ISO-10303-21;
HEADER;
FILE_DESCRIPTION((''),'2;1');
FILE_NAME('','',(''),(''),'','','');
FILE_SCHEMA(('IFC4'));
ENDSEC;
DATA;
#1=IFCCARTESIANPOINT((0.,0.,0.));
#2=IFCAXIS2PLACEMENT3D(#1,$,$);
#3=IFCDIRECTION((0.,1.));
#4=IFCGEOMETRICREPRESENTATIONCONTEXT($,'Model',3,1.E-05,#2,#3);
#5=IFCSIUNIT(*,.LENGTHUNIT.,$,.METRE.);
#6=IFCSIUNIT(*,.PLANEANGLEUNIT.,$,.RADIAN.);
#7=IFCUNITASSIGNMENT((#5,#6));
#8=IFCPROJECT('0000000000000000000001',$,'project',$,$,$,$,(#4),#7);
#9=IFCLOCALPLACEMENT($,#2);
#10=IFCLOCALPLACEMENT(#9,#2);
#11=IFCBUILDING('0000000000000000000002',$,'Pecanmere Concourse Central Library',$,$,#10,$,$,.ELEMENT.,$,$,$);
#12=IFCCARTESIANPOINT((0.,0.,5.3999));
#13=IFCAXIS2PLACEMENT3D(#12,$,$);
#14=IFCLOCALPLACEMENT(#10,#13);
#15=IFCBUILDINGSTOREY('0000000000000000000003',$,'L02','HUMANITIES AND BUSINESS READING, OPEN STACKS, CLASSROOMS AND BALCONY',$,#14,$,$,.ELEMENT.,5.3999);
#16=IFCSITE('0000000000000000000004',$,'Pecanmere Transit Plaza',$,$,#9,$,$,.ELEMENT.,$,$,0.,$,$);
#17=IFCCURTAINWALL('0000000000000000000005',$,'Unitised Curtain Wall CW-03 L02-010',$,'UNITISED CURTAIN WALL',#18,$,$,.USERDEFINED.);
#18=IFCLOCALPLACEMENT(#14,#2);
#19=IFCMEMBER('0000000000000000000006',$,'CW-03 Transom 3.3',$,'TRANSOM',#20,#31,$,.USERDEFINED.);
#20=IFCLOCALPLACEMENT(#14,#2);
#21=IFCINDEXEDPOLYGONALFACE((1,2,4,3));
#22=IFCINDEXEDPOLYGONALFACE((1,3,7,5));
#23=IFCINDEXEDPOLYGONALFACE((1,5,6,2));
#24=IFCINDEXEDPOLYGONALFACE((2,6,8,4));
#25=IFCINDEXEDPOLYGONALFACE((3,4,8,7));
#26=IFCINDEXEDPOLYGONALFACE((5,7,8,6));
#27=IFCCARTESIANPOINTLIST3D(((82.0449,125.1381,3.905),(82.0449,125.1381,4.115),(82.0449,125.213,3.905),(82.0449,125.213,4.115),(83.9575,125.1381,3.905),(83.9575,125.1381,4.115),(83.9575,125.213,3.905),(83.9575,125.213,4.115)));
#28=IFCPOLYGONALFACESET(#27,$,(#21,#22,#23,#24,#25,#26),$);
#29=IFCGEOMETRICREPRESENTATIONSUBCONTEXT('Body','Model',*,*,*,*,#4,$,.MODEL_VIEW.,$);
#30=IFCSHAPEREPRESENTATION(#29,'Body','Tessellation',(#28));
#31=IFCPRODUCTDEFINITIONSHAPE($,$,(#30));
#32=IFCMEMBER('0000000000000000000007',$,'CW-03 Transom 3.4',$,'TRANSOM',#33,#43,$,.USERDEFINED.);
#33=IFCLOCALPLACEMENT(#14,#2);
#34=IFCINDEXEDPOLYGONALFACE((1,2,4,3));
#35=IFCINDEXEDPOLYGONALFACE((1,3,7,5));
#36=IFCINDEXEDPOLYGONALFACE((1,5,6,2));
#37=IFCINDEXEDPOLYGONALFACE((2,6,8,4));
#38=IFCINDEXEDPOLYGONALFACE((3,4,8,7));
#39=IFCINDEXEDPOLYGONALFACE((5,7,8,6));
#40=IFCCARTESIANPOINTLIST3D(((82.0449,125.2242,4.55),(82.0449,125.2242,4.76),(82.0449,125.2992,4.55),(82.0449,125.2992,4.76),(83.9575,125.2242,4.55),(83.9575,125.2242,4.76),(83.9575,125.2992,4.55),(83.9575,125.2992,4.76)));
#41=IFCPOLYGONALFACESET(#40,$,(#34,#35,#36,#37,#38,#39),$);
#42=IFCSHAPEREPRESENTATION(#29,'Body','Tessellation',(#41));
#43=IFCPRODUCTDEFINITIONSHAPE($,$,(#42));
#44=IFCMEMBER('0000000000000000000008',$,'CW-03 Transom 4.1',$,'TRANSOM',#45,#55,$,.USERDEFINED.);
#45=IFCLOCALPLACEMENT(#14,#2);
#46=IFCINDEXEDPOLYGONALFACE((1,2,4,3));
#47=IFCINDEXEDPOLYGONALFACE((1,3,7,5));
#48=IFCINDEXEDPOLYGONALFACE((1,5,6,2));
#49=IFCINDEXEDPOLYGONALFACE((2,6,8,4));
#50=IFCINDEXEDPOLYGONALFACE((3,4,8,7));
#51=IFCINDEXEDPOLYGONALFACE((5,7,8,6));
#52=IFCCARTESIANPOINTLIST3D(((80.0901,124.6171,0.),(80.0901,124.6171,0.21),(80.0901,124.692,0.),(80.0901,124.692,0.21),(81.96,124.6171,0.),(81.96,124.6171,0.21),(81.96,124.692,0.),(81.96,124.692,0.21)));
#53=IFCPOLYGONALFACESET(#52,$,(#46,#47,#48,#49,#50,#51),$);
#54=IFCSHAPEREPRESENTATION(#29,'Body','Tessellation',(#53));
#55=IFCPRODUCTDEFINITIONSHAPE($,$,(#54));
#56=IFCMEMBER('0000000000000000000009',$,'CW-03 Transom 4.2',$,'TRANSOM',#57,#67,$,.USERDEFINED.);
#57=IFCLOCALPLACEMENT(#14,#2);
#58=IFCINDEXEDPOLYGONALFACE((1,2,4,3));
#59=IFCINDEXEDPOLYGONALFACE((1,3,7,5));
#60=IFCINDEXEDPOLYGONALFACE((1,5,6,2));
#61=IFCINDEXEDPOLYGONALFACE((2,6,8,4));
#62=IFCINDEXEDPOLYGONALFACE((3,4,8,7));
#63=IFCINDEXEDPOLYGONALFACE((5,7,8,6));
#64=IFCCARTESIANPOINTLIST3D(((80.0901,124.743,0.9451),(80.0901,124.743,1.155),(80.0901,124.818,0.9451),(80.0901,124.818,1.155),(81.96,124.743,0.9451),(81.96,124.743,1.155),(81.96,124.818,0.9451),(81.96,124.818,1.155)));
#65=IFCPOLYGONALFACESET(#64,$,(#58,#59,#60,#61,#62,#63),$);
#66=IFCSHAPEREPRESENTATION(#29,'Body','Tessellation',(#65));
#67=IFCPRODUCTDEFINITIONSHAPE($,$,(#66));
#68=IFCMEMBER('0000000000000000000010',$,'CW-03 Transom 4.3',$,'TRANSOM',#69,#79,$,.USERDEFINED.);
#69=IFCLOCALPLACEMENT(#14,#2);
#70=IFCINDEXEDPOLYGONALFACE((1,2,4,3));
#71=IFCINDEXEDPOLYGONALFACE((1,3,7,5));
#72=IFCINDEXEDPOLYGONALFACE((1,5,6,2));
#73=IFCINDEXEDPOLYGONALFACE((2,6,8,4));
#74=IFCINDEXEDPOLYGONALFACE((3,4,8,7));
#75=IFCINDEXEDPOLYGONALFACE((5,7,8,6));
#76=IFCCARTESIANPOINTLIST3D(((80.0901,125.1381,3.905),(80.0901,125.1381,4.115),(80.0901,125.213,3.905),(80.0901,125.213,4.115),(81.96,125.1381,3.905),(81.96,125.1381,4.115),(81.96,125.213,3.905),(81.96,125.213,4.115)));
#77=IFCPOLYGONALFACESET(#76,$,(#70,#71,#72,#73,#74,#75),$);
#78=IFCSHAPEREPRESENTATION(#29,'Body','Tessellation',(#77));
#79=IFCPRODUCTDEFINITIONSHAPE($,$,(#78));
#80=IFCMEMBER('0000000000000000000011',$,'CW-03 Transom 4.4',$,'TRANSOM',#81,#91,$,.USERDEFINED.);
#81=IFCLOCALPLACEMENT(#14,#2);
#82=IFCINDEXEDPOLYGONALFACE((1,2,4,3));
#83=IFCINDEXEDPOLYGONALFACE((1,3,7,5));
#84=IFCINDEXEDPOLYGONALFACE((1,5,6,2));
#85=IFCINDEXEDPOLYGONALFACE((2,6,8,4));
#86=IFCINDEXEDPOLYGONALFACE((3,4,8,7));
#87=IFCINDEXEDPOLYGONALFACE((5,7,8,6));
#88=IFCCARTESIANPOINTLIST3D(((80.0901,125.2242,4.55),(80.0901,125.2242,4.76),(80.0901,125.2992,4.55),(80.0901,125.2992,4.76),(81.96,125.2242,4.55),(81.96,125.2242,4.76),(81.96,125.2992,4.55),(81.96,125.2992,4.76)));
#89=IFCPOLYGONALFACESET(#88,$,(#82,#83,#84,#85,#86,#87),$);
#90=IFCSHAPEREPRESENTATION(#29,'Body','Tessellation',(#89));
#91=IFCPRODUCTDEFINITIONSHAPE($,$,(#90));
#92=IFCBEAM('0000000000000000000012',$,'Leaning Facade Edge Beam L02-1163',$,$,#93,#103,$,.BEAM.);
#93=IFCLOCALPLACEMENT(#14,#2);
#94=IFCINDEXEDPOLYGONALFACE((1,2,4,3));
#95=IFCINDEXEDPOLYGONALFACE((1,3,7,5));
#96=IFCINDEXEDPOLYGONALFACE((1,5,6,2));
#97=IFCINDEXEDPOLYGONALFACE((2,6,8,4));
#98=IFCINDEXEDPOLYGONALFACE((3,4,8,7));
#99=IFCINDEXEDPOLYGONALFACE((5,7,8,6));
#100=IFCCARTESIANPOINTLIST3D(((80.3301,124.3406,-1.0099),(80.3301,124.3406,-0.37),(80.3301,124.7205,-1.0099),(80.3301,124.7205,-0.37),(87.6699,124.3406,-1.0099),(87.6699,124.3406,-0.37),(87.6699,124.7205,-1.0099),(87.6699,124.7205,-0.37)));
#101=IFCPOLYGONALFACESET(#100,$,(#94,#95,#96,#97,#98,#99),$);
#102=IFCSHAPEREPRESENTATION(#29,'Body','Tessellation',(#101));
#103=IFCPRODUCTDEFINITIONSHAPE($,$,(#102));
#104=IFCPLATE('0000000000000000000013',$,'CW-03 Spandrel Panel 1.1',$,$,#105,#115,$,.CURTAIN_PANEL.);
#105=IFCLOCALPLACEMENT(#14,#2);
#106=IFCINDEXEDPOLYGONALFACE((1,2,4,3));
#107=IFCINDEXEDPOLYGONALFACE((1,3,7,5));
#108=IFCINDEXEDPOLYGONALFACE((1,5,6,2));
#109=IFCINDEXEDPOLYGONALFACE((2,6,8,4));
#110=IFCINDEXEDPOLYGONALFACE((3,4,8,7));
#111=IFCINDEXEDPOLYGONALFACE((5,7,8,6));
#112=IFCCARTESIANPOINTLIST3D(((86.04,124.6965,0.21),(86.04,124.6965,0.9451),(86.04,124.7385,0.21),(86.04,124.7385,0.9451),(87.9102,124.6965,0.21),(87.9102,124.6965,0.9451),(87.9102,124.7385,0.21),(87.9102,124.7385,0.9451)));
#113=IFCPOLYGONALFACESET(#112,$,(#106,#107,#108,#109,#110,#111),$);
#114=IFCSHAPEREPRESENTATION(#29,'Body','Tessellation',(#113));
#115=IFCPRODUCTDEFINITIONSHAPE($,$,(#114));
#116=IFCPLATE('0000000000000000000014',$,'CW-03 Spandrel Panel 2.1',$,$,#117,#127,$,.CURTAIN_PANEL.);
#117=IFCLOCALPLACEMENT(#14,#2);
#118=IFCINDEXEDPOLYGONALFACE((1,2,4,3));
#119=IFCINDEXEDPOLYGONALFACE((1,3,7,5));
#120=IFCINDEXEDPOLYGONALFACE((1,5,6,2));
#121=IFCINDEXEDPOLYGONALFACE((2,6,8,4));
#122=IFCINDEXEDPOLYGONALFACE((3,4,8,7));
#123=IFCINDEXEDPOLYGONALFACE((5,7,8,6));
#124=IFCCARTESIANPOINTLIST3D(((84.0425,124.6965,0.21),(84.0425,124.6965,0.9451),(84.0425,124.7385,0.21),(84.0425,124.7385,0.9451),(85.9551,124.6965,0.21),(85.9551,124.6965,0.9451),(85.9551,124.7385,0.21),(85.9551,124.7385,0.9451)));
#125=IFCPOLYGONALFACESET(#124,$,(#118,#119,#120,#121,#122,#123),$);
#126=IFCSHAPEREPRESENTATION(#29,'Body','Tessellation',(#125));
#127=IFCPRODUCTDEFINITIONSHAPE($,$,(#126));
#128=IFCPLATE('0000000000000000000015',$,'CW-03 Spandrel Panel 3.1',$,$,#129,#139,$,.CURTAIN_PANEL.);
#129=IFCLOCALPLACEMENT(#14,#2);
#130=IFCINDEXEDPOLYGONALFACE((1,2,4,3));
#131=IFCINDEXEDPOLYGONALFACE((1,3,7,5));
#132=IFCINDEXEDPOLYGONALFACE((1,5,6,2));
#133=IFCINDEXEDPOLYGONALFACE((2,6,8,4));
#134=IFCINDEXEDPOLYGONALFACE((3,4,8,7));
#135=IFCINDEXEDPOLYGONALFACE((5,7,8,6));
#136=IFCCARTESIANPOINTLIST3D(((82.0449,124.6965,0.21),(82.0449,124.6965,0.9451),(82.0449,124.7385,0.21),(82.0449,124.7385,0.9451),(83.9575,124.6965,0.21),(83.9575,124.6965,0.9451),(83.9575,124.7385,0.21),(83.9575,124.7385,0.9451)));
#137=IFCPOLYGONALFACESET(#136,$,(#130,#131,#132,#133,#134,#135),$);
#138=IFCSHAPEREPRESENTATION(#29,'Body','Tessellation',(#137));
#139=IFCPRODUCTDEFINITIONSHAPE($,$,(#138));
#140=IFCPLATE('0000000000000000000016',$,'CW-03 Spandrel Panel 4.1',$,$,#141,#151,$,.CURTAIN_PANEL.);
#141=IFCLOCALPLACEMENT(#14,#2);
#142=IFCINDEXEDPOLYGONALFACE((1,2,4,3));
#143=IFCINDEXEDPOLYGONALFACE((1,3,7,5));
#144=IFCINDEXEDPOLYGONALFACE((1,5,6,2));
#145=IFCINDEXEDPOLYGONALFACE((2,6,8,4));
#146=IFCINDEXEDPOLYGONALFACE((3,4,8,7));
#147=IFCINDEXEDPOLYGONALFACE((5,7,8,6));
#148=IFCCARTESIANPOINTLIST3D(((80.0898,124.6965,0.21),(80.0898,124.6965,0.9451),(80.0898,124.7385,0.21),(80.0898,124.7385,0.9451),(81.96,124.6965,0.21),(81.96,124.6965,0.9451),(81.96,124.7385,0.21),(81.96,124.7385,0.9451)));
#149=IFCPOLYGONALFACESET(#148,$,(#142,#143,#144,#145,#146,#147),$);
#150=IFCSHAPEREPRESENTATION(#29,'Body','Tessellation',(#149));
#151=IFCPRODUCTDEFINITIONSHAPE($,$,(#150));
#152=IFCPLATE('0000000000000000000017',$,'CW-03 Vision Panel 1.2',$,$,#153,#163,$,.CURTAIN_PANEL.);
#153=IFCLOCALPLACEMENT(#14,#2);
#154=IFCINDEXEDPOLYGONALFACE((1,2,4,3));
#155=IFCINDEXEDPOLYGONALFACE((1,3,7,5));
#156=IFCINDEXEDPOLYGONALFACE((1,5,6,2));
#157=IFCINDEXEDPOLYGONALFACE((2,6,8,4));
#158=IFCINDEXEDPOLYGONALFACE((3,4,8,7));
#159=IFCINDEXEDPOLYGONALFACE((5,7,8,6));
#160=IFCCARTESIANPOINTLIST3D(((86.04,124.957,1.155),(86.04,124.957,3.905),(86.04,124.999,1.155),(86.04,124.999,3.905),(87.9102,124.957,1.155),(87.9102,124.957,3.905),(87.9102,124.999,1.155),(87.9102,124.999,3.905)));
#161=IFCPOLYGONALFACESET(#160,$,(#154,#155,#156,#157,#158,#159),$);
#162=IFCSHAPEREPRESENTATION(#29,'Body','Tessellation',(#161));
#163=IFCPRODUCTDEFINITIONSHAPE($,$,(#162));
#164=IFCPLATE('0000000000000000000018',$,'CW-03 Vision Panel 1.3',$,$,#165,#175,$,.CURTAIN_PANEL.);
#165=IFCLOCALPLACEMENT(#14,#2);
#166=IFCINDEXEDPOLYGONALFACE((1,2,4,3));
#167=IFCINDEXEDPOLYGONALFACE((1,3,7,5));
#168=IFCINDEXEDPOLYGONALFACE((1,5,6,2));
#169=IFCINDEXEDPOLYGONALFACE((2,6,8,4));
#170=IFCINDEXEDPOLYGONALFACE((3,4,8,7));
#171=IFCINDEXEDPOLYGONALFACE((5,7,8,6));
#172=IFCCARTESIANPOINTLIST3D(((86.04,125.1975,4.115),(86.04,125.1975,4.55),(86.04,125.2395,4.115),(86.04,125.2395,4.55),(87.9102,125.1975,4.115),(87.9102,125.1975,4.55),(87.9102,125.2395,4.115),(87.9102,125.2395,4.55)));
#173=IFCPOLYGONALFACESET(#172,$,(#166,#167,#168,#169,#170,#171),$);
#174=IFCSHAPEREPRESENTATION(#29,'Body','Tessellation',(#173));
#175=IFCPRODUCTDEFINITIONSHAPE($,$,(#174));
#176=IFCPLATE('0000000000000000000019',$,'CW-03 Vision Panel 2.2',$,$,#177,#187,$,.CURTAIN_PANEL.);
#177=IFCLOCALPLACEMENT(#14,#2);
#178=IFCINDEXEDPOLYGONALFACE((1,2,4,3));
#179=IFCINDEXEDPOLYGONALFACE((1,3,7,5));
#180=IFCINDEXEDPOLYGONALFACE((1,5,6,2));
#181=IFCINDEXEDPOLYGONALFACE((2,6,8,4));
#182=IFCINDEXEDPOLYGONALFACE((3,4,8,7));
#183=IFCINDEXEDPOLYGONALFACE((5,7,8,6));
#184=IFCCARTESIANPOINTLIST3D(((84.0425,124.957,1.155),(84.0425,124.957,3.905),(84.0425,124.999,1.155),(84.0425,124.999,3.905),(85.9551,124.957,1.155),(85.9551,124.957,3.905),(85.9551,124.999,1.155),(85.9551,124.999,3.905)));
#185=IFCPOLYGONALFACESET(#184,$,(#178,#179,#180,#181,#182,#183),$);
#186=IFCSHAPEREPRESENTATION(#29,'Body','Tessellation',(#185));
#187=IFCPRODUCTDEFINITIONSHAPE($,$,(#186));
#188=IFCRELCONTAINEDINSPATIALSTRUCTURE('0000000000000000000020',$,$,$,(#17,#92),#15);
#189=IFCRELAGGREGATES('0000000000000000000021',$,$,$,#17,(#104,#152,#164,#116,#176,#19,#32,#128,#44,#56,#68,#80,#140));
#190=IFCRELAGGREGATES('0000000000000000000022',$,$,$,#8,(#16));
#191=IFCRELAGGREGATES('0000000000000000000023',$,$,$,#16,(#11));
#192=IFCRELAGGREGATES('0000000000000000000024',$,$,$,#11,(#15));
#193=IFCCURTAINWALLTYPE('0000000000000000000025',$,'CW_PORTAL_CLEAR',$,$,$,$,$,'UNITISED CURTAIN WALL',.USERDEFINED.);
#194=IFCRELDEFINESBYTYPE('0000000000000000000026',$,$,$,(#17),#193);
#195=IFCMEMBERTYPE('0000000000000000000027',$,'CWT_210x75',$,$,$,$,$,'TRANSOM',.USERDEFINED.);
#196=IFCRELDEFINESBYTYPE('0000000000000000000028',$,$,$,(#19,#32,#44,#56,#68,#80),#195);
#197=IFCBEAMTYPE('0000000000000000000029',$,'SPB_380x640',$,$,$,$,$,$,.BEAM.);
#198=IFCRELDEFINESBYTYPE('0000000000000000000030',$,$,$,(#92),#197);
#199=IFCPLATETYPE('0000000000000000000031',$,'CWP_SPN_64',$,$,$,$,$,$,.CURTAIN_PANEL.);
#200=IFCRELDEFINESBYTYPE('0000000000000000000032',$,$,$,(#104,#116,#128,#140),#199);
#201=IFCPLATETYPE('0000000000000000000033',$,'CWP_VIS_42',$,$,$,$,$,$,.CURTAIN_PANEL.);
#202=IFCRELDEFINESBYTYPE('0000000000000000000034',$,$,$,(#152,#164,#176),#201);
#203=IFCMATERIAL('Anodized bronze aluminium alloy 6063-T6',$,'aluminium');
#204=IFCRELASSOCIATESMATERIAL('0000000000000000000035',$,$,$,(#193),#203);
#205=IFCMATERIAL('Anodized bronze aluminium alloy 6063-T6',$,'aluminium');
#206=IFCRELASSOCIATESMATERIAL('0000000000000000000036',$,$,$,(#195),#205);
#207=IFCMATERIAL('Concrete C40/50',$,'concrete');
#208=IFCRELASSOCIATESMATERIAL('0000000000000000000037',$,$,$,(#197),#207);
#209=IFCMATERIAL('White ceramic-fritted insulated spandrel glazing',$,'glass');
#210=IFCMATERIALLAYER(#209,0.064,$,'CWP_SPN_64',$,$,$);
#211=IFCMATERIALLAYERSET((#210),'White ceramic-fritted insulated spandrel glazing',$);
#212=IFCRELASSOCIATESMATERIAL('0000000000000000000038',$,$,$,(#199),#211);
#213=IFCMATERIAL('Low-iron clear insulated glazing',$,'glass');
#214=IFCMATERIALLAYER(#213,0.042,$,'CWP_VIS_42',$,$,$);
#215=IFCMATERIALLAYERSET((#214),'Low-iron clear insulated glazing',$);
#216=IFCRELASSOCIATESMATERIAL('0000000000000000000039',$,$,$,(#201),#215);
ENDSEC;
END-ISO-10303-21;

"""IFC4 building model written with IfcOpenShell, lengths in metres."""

from ifc_helpers import new_model, si_unit, direction, frame, origin, origin_2d, place, context, subcontext, project, spatial, rectangle, extrude, material, layer, layer_set, material_profile, profile_set, type_object, element, aggregate, save


model = new_model("IFC4")

# Units and contexts
model_context = context("Model", 3, precision=1e-05, world=origin(), true_north=direction((0.0, 1.0)))
body_context = subcontext(model_context, "Body", "Model", "MODEL_VIEW")
ifc_project = project(units=[si_unit("LENGTHUNIT", "METRE"), si_unit("PLANEANGLEUNIT", "RADIAN")], contexts=[model_context])

# Site, building, storey
site_placement = place(None, origin())
site = spatial("IfcSite", under=ifc_project, at=site_placement, Name="Pecanmere Transit Plaza", CompositionType="ELEMENT", RefElevation=0.0)
building_placement = place(site_placement, origin())
building = spatial("IfcBuilding", under=site, at=building_placement, Name="Pecanmere Concourse Central Library", CompositionType="ELEMENT")
storey_placement = place(building_placement, frame((0.0, 0.0, 5.3999)))
storey = spatial("IfcBuildingStorey", under=building, at=storey_placement, Name="L02", Description="HUMANITIES AND BUSINESS READING, OPEN STACKS, CLASSROOMS AND BALCONY", CompositionType="ELEMENT", Elevation=5.3999)

# Curtain wall, members
ifc_material_1 = material(Name="Anodized bronze aluminium alloy 6063-T6", Category="aluminium")
curtain_wall_type = type_object("IfcCurtainWallType", Name="CW_PORTAL_CLEAR", ElementType="UNITISED CURTAIN WALL", PredefinedType="USERDEFINED", material=ifc_material_1)
curtain_wall_placement = place(storey_placement, origin())
curtain_wall = element("IfcCurtainWall", 1, at=curtain_wall_placement, inside=storey, type_object=curtain_wall_type, Name="Unitised Curtain Wall CW-03 L02-010", ObjectType="UNITISED CURTAIN WALL", PredefinedType="USERDEFINED")
ifc_material_2 = material(Name="Anodized bronze aluminium alloy 6063-T6", Category="aluminium")
ifc_material_profile_1 = material_profile(ifc_material_2, rectangle(XDim=0.075, YDim=0.21, at=origin_2d()), Name="AL 75x210")
ifc_profile_set_1 = profile_set([ifc_material_profile_1], Name="Anodized bronze aluminium alloy 6063-T6")
member_type_1 = type_object("IfcMemberType", Name="CWT_210x75", ElementType="TRANSOM", PredefinedType="USERDEFINED", material=ifc_profile_set_1)
member_1_placement = place(storey_placement, frame((83.9575, 125.1755, 4.01), z_axis=(-1.0, 0.0, 0.0), x_axis=(0.0, -1.0, 0.0)))
member_1 = element("IfcMember", 2, at=member_1_placement, type_object=member_type_1, Name="CW-03 Transom 3.3", ObjectType="TRANSOM", PredefinedType="USERDEFINED", context=body_context, shape_type="SweptSolid", body=[
    extrude(rectangle(XDim=0.075, YDim=0.21, at=origin_2d()), origin(), (0.0, 0.0, 1.0), 1.9126),
])
member_2_placement = place(storey_placement, frame((83.9575, 125.2617, 4.655), z_axis=(-1.0, 0.0, 0.0), x_axis=(0.0, -1.0, 0.0)))
member_2 = element("IfcMember", 3, at=member_2_placement, type_object=member_type_1, Name="CW-03 Transom 3.4", ObjectType="TRANSOM", PredefinedType="USERDEFINED", context=body_context, shape_type="SweptSolid", body=[
    extrude(rectangle(XDim=0.075, YDim=0.21, at=origin_2d()), origin(), (0.0, 0.0, 1.0), 1.9126),
])
member_3_placement = place(storey_placement, frame((81.96, 124.6545, 0.105), z_axis=(-1.0, 0.0, 0.0), x_axis=(0.0, -1.0, 0.0)))
member_3 = element("IfcMember", 4, at=member_3_placement, type_object=member_type_1, Name="CW-03 Transom 4.1", ObjectType="TRANSOM", PredefinedType="USERDEFINED", context=body_context, shape_type="SweptSolid", body=[
    extrude(rectangle(XDim=0.075, YDim=0.21, at=origin_2d()), origin(), (0.0, 0.0, 1.0), 1.8699),
])
member_4_placement = place(storey_placement, frame((81.96, 124.7805, 1.05), z_axis=(-1.0, 0.0, 0.0), x_axis=(0.0, -1.0, 0.0)))
member_4 = element("IfcMember", 5, at=member_4_placement, type_object=member_type_1, Name="CW-03 Transom 4.2", ObjectType="TRANSOM", PredefinedType="USERDEFINED", context=body_context, shape_type="SweptSolid", body=[
    extrude(rectangle(XDim=0.075, YDim=0.21, at=origin_2d()), origin(), (0.0, 0.0, 1.0), 1.8699),
])
member_5_placement = place(storey_placement, frame((81.96, 125.1755, 4.01), z_axis=(-1.0, 0.0, 0.0), x_axis=(0.0, -1.0, 0.0)))
member_5 = element("IfcMember", 6, at=member_5_placement, type_object=member_type_1, Name="CW-03 Transom 4.3", ObjectType="TRANSOM", PredefinedType="USERDEFINED", context=body_context, shape_type="SweptSolid", body=[
    extrude(rectangle(XDim=0.075, YDim=0.21, at=origin_2d()), origin(), (0.0, 0.0, 1.0), 1.8699),
])
member_6_placement = place(storey_placement, frame((81.96, 125.2617, 4.655), z_axis=(-1.0, 0.0, 0.0), x_axis=(0.0, -1.0, 0.0)))
member_6 = element("IfcMember", 7, at=member_6_placement, type_object=member_type_1, Name="CW-03 Transom 4.4", ObjectType="TRANSOM", PredefinedType="USERDEFINED", context=body_context, shape_type="SweptSolid", body=[
    extrude(rectangle(XDim=0.075, YDim=0.21, at=origin_2d()), origin(), (0.0, 0.0, 1.0), 1.8699),
])

# Beam
ifc_material_3 = material(Name="Concrete C40/50", Category="concrete")
ifc_material_profile_2 = material_profile(ifc_material_3, rectangle(XDim=0.3799, YDim=0.6399, at=origin_2d()), Name="RC 380x640")
ifc_profile_set_2 = profile_set([ifc_material_profile_2], Name="Concrete C40/50")
beam_type = type_object("IfcBeamType", Name="SPB_380x640", PredefinedType="BEAM", material=ifc_profile_set_2)
beam_placement = place(storey_placement, frame((80.3301, 124.5305, -0.6899), z_axis=(1.0, 0.0, 0.0), x_axis=(0.0, 1.0, 0.0)))
element("IfcBeam", 8, at=beam_placement, inside=storey, type_object=beam_type, Name="Leaning Facade Edge Beam L02-1163", PredefinedType="BEAM", context=body_context, shape_type="SweptSolid", body=[
    extrude(rectangle(XDim=0.3799, YDim=0.6399, at=origin_2d()), origin(), (0.0, 0.0, 1.0), 7.3398),
])

# Plates
ifc_material_4 = material(Name="White ceramic-fritted insulated spandrel glazing", Category="glass")
ifc_layer_1 = layer(ifc_material_4, 0.064, Name="CWP_SPN_64")
ifc_layer_set_1 = layer_set([ifc_layer_1], Name="White ceramic-fritted insulated spandrel glazing")
plate_type_1 = type_object("IfcPlateType", Name="CWP_SPN_64", PredefinedType="CURTAIN_PANEL", material=ifc_layer_set_1)
plate_1_placement = place(storey_placement, frame((86.9751, 124.7175, 0.21), z_axis=(0.0, 0.0, 1.0), x_axis=(-1.0, 0.0, 0.0)))
plate_1 = element("IfcPlate", 9, at=plate_1_placement, type_object=plate_type_1, Name="CW-03 Spandrel Panel 1.1", PredefinedType="CURTAIN_PANEL", context=body_context, shape_type="SweptSolid", body=[
    extrude(rectangle(XDim=1.8701, YDim=0.042, at=origin_2d()), origin(), (0.0, 0.0, 1.0), 0.7351),
])
plate_2_placement = place(storey_placement, frame((84.9988, 124.7175, 0.21), z_axis=(0.0, 0.0, 1.0), x_axis=(-1.0, 0.0, 0.0)))
plate_2 = element("IfcPlate", 10, at=plate_2_placement, type_object=plate_type_1, Name="CW-03 Spandrel Panel 2.1", PredefinedType="CURTAIN_PANEL", context=body_context, shape_type="SweptSolid", body=[
    extrude(rectangle(XDim=1.9126, YDim=0.042, at=origin_2d()), origin(), (0.0, 0.0, 1.0), 0.7351),
])
plate_3_placement = place(storey_placement, frame((83.0012, 124.7175, 0.21), z_axis=(0.0, 0.0, 1.0), x_axis=(-1.0, 0.0, 0.0)))
plate_3 = element("IfcPlate", 11, at=plate_3_placement, type_object=plate_type_1, Name="CW-03 Spandrel Panel 3.1", PredefinedType="CURTAIN_PANEL", context=body_context, shape_type="SweptSolid", body=[
    extrude(rectangle(XDim=1.9126, YDim=0.042, at=origin_2d()), origin(), (0.0, 0.0, 1.0), 0.7351),
])
plate_4_placement = place(storey_placement, frame((81.0249, 124.7175, 0.21), z_axis=(0.0, 0.0, 1.0), x_axis=(-1.0, 0.0, 0.0)))
plate_4 = element("IfcPlate", 12, at=plate_4_placement, type_object=plate_type_1, Name="CW-03 Spandrel Panel 4.1", PredefinedType="CURTAIN_PANEL", context=body_context, shape_type="SweptSolid", body=[
    extrude(rectangle(XDim=1.8701, YDim=0.042, at=origin_2d()), origin(), (0.0, 0.0, 1.0), 0.7351),
])
ifc_material_5 = material(Name="Low-iron clear insulated glazing", Category="glass")
ifc_layer_2 = layer(ifc_material_5, 0.042, Name="CWP_VIS_42")
ifc_layer_set_2 = layer_set([ifc_layer_2], Name="Low-iron clear insulated glazing")
plate_type_2 = type_object("IfcPlateType", Name="CWP_VIS_42", PredefinedType="CURTAIN_PANEL", material=ifc_layer_set_2)
plate_5_placement = place(storey_placement, frame((86.9751, 124.978, 1.155), z_axis=(0.0, 0.0, 1.0), x_axis=(-1.0, 0.0, 0.0)))
plate_5 = element("IfcPlate", 13, at=plate_5_placement, type_object=plate_type_2, Name="CW-03 Vision Panel 1.2", PredefinedType="CURTAIN_PANEL", context=body_context, shape_type="SweptSolid", body=[
    extrude(rectangle(XDim=1.8701, YDim=0.042, at=origin_2d()), origin(), (0.0, 0.0, 1.0), 2.75),
])
plate_6_placement = place(storey_placement, frame((86.9751, 125.2185, 4.115), z_axis=(0.0, 0.0, 1.0), x_axis=(-1.0, 0.0, 0.0)))
plate_6 = element("IfcPlate", 14, at=plate_6_placement, type_object=plate_type_2, Name="CW-03 Vision Panel 1.3", PredefinedType="CURTAIN_PANEL", context=body_context, shape_type="SweptSolid", body=[
    extrude(rectangle(XDim=1.8701, YDim=0.042, at=origin_2d()), origin(), (0.0, 0.0, 1.0), 0.4351),
])
plate_7_placement = place(storey_placement, frame((84.9988, 124.978, 1.155), z_axis=(0.0, 0.0, 1.0), x_axis=(-1.0, 0.0, 0.0)))
plate_7 = element("IfcPlate", 15, at=plate_7_placement, type_object=plate_type_2, Name="CW-03 Vision Panel 2.2", PredefinedType="CURTAIN_PANEL", context=body_context, shape_type="SweptSolid", body=[
    extrude(rectangle(XDim=1.9126, YDim=0.042, at=origin_2d()), origin(), (0.0, 0.0, 1.0), 2.75),
])
aggregate(curtain_wall, [plate_1, plate_5, plate_6, plate_2, plate_7, member_1, member_2, plate_3, member_3, member_4, member_5, member_6, plate_4])

save(model, "model.ifc")
